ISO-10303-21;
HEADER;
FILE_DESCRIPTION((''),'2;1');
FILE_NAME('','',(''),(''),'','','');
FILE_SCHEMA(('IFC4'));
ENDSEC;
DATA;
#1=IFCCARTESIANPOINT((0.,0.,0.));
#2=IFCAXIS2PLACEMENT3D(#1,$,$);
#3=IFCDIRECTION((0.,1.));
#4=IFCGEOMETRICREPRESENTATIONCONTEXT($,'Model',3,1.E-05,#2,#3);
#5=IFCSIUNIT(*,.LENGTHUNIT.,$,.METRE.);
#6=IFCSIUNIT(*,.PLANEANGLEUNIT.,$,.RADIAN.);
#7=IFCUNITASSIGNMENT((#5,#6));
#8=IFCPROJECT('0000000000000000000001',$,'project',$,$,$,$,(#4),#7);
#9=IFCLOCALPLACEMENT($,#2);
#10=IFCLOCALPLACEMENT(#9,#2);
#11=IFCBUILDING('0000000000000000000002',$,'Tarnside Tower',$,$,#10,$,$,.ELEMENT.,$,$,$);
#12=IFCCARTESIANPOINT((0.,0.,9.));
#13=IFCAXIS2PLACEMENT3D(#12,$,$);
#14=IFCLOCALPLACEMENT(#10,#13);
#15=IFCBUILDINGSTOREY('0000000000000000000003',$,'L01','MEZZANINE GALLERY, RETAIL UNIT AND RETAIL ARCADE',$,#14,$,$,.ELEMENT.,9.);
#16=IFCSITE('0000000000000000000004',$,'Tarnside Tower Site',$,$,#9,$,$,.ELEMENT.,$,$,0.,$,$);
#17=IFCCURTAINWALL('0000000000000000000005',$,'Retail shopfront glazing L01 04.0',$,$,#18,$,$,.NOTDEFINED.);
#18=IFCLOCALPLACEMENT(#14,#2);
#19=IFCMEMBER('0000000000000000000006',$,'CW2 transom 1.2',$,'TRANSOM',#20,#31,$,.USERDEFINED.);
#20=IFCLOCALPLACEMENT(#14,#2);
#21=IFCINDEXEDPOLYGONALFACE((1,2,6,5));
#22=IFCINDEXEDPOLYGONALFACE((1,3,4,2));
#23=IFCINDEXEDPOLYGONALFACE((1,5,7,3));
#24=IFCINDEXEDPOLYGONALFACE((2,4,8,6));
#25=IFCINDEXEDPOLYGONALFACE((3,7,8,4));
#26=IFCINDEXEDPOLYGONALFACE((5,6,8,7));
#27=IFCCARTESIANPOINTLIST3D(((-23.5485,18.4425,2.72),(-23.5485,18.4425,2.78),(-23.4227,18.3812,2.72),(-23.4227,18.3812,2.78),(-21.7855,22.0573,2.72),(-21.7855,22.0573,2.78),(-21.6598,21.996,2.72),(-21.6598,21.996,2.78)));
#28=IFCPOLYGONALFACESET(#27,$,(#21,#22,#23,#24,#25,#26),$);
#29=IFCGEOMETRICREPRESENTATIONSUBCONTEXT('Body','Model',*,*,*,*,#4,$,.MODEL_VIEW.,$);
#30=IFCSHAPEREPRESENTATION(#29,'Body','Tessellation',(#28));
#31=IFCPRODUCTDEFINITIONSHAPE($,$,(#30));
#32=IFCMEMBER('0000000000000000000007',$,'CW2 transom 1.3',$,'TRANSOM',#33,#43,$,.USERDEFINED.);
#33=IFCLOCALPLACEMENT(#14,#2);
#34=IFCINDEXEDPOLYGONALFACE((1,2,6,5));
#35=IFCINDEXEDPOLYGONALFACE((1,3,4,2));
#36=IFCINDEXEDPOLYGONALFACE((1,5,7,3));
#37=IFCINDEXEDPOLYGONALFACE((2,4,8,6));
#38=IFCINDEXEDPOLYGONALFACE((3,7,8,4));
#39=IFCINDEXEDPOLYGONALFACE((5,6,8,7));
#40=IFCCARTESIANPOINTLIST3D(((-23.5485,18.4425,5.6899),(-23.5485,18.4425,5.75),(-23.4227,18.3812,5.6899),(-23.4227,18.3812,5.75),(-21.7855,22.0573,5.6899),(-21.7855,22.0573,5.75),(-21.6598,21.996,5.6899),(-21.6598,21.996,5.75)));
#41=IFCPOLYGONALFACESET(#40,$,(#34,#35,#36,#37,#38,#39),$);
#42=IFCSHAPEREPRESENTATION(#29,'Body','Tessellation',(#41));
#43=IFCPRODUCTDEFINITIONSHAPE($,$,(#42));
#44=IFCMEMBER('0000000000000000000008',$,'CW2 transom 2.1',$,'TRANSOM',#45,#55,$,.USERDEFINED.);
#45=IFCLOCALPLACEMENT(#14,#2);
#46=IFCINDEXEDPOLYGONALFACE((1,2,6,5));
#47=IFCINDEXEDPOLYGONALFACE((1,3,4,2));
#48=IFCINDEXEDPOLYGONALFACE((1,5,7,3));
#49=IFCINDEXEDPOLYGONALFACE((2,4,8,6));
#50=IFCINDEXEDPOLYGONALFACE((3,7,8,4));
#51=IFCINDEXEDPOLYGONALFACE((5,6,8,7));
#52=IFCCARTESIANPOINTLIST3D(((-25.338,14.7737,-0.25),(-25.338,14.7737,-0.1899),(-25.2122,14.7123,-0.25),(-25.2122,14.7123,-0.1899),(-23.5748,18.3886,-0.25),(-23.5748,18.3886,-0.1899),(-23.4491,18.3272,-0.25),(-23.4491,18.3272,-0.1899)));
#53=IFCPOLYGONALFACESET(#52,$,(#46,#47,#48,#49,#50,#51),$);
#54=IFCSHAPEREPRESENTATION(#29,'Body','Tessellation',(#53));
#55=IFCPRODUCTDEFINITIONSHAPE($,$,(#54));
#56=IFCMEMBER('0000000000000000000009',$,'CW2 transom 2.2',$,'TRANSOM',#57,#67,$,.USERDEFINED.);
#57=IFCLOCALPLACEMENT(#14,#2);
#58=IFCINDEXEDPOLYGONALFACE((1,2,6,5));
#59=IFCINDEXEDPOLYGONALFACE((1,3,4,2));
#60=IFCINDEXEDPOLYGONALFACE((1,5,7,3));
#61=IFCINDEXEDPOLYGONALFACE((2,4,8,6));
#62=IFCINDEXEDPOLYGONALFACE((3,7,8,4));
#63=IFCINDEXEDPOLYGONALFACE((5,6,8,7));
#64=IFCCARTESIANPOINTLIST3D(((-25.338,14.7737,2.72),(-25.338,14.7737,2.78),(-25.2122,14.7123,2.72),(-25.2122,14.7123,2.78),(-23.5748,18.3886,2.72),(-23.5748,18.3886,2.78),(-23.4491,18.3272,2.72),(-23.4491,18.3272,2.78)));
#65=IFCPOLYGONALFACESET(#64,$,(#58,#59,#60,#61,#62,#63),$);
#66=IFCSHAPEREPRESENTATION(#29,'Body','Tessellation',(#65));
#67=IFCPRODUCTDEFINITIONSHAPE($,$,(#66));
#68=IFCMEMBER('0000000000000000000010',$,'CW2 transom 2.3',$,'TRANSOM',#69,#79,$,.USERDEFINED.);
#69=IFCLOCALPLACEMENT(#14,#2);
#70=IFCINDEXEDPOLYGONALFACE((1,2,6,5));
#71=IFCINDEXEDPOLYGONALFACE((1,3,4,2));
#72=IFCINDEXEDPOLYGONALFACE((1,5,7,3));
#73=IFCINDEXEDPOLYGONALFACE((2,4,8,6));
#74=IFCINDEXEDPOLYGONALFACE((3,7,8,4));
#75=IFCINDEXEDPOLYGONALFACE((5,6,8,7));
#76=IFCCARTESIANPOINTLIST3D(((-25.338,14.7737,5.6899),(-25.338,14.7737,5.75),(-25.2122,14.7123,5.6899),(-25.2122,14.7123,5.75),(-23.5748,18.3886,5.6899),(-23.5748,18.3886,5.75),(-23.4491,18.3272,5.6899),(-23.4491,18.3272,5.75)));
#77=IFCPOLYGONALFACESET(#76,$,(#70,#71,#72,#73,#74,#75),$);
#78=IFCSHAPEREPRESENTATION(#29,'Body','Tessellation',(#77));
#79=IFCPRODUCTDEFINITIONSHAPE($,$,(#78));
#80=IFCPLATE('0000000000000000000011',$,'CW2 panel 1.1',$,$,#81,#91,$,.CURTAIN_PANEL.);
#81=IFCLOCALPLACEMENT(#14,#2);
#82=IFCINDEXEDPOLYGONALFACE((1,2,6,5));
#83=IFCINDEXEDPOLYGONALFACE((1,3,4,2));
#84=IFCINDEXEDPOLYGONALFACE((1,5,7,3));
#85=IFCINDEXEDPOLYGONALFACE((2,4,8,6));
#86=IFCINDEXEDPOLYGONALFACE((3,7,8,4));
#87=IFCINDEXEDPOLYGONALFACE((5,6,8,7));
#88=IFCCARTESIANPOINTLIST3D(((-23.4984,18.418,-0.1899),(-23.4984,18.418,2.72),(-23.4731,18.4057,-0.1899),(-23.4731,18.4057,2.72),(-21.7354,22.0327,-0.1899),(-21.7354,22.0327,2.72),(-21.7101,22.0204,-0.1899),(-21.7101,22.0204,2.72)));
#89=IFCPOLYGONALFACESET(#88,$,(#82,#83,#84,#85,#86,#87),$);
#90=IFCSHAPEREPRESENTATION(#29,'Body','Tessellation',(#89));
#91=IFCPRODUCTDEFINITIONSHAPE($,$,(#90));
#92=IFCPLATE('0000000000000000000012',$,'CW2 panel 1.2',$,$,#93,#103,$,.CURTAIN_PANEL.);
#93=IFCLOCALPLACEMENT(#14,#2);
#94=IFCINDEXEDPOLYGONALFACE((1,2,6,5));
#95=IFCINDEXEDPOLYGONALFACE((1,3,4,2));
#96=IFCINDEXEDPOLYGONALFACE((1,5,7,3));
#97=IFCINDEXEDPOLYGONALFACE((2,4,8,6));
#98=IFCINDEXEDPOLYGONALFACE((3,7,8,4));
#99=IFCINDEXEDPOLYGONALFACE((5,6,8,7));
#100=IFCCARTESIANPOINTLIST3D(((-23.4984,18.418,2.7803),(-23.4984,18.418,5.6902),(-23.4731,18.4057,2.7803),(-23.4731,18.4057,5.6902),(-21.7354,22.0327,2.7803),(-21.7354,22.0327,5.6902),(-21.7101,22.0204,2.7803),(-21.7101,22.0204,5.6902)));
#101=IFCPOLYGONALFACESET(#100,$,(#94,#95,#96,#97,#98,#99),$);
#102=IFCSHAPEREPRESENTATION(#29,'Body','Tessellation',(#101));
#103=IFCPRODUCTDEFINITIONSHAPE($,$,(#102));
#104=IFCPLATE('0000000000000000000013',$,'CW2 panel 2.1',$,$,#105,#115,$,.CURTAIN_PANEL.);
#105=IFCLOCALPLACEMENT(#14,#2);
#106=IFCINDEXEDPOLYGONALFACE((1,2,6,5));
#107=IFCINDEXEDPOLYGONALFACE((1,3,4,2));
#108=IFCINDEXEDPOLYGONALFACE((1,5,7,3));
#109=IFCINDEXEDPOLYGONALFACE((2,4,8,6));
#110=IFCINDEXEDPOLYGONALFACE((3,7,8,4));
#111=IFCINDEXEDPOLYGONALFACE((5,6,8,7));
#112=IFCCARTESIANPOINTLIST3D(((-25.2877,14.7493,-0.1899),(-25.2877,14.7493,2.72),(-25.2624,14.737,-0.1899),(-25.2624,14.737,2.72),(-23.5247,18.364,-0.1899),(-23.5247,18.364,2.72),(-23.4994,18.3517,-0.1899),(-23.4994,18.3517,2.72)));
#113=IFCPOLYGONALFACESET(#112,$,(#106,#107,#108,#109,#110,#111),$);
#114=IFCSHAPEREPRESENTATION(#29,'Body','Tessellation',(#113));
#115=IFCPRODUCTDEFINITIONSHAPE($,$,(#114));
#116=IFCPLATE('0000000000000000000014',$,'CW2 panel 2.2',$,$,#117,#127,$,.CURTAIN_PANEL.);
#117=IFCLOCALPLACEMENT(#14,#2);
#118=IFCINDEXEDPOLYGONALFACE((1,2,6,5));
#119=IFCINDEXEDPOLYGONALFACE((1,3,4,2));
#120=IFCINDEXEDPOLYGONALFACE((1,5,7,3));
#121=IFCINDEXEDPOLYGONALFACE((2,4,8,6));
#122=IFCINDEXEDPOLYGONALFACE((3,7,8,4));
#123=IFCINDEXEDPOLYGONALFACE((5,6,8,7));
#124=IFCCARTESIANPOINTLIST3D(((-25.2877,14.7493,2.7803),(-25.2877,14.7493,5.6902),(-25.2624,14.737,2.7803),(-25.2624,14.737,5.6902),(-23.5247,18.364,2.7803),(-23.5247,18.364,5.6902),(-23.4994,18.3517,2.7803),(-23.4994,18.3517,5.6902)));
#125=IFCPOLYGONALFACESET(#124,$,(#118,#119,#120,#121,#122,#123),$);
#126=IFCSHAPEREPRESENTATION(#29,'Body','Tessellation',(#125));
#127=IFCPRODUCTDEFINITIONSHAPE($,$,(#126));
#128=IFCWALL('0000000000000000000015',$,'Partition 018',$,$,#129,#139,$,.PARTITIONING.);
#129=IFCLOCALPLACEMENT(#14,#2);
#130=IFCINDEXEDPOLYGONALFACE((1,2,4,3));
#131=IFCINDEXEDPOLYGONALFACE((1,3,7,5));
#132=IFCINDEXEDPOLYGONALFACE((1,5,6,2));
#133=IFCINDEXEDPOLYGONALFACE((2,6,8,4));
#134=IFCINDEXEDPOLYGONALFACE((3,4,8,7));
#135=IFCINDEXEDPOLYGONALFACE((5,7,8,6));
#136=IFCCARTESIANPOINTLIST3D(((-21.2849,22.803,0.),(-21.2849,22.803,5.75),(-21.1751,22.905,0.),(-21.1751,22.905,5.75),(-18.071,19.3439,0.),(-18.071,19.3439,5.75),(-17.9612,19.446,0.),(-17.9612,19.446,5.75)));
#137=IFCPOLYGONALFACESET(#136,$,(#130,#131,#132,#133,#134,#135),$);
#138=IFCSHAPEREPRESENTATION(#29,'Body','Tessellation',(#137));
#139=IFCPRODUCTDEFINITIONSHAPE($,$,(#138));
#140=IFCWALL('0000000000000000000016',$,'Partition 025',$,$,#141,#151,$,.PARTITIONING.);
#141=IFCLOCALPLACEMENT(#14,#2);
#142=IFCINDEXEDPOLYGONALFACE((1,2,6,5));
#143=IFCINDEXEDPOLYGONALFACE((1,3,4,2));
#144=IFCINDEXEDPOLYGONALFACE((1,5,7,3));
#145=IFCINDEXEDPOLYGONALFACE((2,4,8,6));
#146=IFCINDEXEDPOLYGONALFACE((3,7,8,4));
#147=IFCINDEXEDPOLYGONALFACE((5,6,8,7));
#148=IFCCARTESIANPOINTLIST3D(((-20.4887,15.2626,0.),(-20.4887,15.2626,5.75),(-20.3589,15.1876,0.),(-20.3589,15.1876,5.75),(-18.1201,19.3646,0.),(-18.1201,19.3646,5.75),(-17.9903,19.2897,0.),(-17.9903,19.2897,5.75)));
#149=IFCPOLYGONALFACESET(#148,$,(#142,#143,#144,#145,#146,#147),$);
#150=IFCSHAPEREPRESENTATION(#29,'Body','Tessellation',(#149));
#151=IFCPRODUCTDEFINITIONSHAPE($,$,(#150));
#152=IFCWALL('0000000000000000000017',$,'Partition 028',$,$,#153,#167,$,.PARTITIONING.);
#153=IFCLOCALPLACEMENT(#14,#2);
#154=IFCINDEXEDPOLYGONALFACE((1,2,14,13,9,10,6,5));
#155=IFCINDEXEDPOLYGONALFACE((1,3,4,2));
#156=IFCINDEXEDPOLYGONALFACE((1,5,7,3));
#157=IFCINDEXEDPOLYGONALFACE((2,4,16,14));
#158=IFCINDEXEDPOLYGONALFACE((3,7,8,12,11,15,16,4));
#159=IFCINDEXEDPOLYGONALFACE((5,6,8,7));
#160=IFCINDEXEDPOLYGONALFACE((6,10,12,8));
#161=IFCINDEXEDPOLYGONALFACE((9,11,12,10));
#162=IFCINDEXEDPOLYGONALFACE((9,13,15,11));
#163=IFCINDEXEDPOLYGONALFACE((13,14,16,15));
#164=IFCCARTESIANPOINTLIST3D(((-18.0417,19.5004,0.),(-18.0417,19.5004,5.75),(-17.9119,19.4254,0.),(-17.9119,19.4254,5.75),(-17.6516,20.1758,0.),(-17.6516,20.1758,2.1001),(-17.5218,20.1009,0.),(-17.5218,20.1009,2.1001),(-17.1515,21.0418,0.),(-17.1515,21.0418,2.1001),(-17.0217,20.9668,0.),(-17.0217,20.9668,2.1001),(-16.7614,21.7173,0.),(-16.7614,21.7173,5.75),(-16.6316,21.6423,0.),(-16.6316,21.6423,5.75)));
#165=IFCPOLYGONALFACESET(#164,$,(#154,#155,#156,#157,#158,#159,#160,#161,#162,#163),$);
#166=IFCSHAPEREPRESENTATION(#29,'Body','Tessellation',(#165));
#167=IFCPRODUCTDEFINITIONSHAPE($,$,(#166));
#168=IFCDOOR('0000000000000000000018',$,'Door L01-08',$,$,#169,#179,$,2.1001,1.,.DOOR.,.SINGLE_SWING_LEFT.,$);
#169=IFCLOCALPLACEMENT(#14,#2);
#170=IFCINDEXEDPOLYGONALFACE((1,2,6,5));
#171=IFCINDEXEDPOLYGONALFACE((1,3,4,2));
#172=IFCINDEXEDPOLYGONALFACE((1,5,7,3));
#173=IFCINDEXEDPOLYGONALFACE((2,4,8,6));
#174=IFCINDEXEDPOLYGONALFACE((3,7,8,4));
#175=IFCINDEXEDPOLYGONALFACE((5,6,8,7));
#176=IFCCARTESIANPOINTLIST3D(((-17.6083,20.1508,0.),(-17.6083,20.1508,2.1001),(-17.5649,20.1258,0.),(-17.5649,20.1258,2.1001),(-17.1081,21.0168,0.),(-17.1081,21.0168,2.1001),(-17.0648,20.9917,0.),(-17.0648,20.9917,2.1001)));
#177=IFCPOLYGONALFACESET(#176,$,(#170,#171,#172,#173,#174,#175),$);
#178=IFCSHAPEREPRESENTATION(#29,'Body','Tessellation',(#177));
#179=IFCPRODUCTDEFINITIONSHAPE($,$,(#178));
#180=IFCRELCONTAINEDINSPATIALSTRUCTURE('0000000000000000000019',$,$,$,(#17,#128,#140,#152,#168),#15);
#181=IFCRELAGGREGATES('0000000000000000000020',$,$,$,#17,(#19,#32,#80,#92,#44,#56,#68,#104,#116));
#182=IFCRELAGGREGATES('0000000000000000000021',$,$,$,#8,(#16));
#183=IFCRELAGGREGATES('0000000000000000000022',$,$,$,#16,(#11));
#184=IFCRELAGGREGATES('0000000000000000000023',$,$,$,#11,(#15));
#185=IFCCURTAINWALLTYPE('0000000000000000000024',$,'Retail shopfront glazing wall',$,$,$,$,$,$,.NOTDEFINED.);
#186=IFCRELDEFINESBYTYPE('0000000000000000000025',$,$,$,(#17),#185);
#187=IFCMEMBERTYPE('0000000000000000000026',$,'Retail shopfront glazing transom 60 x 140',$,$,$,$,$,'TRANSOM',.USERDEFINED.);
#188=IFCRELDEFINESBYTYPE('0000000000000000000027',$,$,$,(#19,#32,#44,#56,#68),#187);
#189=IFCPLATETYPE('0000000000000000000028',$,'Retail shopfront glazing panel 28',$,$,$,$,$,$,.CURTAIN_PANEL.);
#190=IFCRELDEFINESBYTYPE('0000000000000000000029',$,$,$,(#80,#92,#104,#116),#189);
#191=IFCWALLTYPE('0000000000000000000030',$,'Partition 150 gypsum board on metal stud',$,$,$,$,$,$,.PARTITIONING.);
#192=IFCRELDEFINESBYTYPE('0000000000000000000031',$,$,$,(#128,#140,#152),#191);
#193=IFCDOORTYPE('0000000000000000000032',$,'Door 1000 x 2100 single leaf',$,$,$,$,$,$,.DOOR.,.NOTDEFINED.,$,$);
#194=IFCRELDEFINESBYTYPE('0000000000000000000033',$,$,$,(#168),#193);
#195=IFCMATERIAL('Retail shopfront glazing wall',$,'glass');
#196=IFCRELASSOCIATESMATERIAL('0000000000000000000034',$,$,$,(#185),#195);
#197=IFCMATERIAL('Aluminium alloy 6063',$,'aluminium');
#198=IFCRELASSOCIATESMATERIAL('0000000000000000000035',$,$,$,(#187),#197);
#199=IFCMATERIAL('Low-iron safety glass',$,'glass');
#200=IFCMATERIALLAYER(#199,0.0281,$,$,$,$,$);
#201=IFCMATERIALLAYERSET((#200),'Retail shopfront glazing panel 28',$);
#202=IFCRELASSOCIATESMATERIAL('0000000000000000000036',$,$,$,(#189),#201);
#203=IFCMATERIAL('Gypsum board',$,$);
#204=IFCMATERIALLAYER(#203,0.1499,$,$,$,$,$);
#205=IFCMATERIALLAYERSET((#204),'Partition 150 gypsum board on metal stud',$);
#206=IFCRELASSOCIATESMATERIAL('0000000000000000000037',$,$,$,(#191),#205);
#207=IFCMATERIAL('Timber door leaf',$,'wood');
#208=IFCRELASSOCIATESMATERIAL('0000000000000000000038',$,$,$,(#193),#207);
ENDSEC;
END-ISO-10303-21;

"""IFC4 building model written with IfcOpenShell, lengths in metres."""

from ifc_helpers import new_model, si_unit, direction, frame, frame_2d, origin, origin_2d, place, context, subcontext, project, spatial, rectangle, extrude, material, layer, layer_set, material_profile, profile_set, type_object, element, fill, aggregate, save


model = new_model("IFC4")

# Units and contexts
model_context = context("Model", 3, precision=1e-05, world=origin(), true_north=direction((0.0, 1.0)))
body_context = subcontext(model_context, "Body", "Model", "MODEL_VIEW")
ifc_project = project(units=[si_unit("LENGTHUNIT", "METRE"), si_unit("PLANEANGLEUNIT", "RADIAN")], contexts=[model_context])

# Site, building, storey
site_placement = place(None, origin())
site = spatial("IfcSite", under=ifc_project, at=site_placement, Name="Tarnside Tower Site", CompositionType="ELEMENT", RefElevation=0.0)
building_placement = place(site_placement, origin())
building = spatial("IfcBuilding", under=site, at=building_placement, Name="Tarnside Tower", CompositionType="ELEMENT")
storey_placement = place(building_placement, frame((0.0, 0.0, 9.0)))
storey = spatial("IfcBuildingStorey", under=building, at=storey_placement, Name="L01", Description="MEZZANINE GALLERY, RETAIL UNIT AND RETAIL ARCADE", CompositionType="ELEMENT", Elevation=9.0)

# Curtain wall, members, plates
ifc_material_1 = material(Name="Retail shopfront glazing wall", Category="glass")
curtain_wall_type = type_object("IfcCurtainWallType", Name="Retail shopfront glazing wall", PredefinedType="NOTDEFINED", material=ifc_material_1)
curtain_wall_placement = place(storey_placement, origin())
curtain_wall = element("IfcCurtainWall", 1, at=curtain_wall_placement, inside=storey, type_object=curtain_wall_type, Name="Retail shopfront glazing L01 04.0", PredefinedType="NOTDEFINED")
ifc_material_2 = material(Name="Aluminium alloy 6063", Category="aluminium")
ifc_material_profile_1 = material_profile(ifc_material_2, rectangle(XDim=0.1399, YDim=0.0601, at=origin_2d()), Name="Retail shopfront glazing transom 60 x 140")
ifc_profile_set_1 = profile_set([ifc_material_profile_1], Name="Aluminium alloy 6063")
member_type_1 = type_object("IfcMemberType", Name="Retail shopfront glazing transom 60 x 140", ElementType="TRANSOM", PredefinedType="USERDEFINED", material=ifc_profile_set_1)
member_1_placement = place(storey_placement, frame((-21.7227, 22.0266, 2.75), z_axis=(-0.438353, -0.898803, 0.0), x_axis=(0.898803, -0.438353, 0.0)))
member_1 = element("IfcMember", 2, at=member_1_placement, type_object=member_type_1, Name="CW2 transom 1.2", ObjectType="TRANSOM", PredefinedType="USERDEFINED", context=body_context, shape_type="SweptSolid", body=[
    extrude(rectangle(XDim=0.1399, YDim=0.0601, at=origin_2d()), origin(), (0.0, 0.0, 1.0), 4.0217),
])
member_2_placement = place(storey_placement, frame((-21.7227, 22.0266, 5.72), z_axis=(-0.438353, -0.898803, 0.0), x_axis=(0.898803, -0.438353, 0.0)))
member_2 = element("IfcMember", 3, at=member_2_placement, type_object=member_type_1, Name="CW2 transom 1.3", ObjectType="TRANSOM", PredefinedType="USERDEFINED", context=body_context, shape_type="SweptSolid", body=[
    extrude(rectangle(XDim=0.1399, YDim=0.0601, at=origin_2d()), origin(), (0.0, 0.0, 1.0), 4.0217),
])
member_3_placement = place(storey_placement, frame((-23.512, 18.3579, -0.22), z_axis=(-0.438378, -0.898791, 0.0), x_axis=(0.898791, -0.438378, 0.0)))
member_3 = element("IfcMember", 4, at=member_3_placement, type_object=member_type_1, Name="CW2 transom 2.1", ObjectType="TRANSOM", PredefinedType="USERDEFINED", context=body_context, shape_type="SweptSolid", body=[
    extrude(rectangle(XDim=0.1399, YDim=0.0601, at=origin_2d()), origin(), (0.0, 0.0, 1.0), 4.022),
])
member_4_placement = place(storey_placement, frame((-23.512, 18.3579, 2.75), z_axis=(-0.438378, -0.898791, 0.0), x_axis=(0.898791, -0.438378, 0.0)))
member_4 = element("IfcMember", 5, at=member_4_placement, type_object=member_type_1, Name="CW2 transom 2.2", ObjectType="TRANSOM", PredefinedType="USERDEFINED", context=body_context, shape_type="SweptSolid", body=[
    extrude(rectangle(XDim=0.1399, YDim=0.0601, at=origin_2d()), origin(), (0.0, 0.0, 1.0), 4.022),
])
member_5_placement = place(storey_placement, frame((-23.512, 18.3579, 5.72), z_axis=(-0.438378, -0.898791, 0.0), x_axis=(0.898791, -0.438378, 0.0)))
member_5 = element("IfcMember", 6, at=member_5_placement, type_object=member_type_1, Name="CW2 transom 2.3", ObjectType="TRANSOM", PredefinedType="USERDEFINED", context=body_context, shape_type="SweptSolid", body=[
    extrude(rectangle(XDim=0.1399, YDim=0.0601, at=origin_2d()), origin(), (0.0, 0.0, 1.0), 4.022),
])
ifc_material_3 = material(Name="Low-iron safety glass", Category="glass")
ifc_layer_1 = layer(ifc_material_3, 0.0281)
ifc_layer_set_1 = layer_set([ifc_layer_1], Name="Retail shopfront glazing panel 28")
plate_type = type_object("IfcPlateType", Name="Retail shopfront glazing panel 28", PredefinedType="CURTAIN_PANEL", material=ifc_layer_set_1)
plate_1_placement = place(storey_placement, frame((-22.6042, 20.2192, -0.1899), z_axis=(0.0, 0.0, 1.0), x_axis=(-0.438371, -0.898794, 0.0)))
plate_1 = element("IfcPlate", 7, at=plate_1_placement, type_object=plate_type, Name="CW2 panel 1.1", PredefinedType="CURTAIN_PANEL", context=body_context, shape_type="SweptSolid", body=[
    extrude(rectangle(XDim=4.0217, YDim=0.0281, at=origin_2d()), origin(), (0.0, 0.0, 1.0), 2.9099),
])
plate_2_placement = place(storey_placement, frame((-22.6042, 20.2192, 2.7803), z_axis=(0.0, 0.0, 1.0), x_axis=(-0.438371, -0.898794, 0.0)))
plate_2 = element("IfcPlate", 8, at=plate_2_placement, type_object=plate_type, Name="CW2 panel 1.2", PredefinedType="CURTAIN_PANEL", context=body_context, shape_type="SweptSolid", body=[
    extrude(rectangle(XDim=4.0217, YDim=0.0281, at=origin_2d()), origin(), (0.0, 0.0, 1.0), 2.9099),
])
plate_3_placement = place(storey_placement, frame((-24.3936, 16.5505, -0.1899), z_axis=(0.0, 0.0, 1.0), x_axis=(-0.438371, -0.898794, 0.0)))
plate_3 = element("IfcPlate", 9, at=plate_3_placement, type_object=plate_type, Name="CW2 panel 2.1", PredefinedType="CURTAIN_PANEL", context=body_context, shape_type="SweptSolid", body=[
    extrude(rectangle(XDim=4.0217, YDim=0.0281, at=origin_2d()), origin(), (0.0, 0.0, 1.0), 2.9099),
])
plate_4_placement = place(storey_placement, frame((-24.3936, 16.5505, 2.7803), z_axis=(0.0, 0.0, 1.0), x_axis=(-0.438371, -0.898794, 0.0)))
plate_4 = element("IfcPlate", 10, at=plate_4_placement, type_object=plate_type, Name="CW2 panel 2.2", PredefinedType="CURTAIN_PANEL", context=body_context, shape_type="SweptSolid", body=[
    extrude(rectangle(XDim=4.0217, YDim=0.0281, at=origin_2d()), origin(), (0.0, 0.0, 1.0), 2.9099),
])
aggregate(curtain_wall, [member_1, member_2, plate_1, plate_2, member_3, member_4, member_5, plate_3, plate_4])

# Walls
ifc_material_4 = material(Name="Gypsum board")
ifc_layer_2 = layer(ifc_material_4, 0.1499)
ifc_layer_set_2 = layer_set([ifc_layer_2], Name="Partition 150 gypsum board on metal stud")
wall_type = type_object("IfcWallType", Name="Partition 150 gypsum board on metal stud", PredefinedType="PARTITIONING", material=ifc_layer_set_2)
wall_1_placement = place(storey_placement, frame((-21.23, 22.854, 0.0), z_axis=(0.0, 0.0, 1.0), x_axis=(0.680673, -0.732587, 0.0)))
element("IfcWall", 11, at=wall_1_placement, inside=storey, type_object=wall_type, Name="Partition 018", PredefinedType="PARTITIONING", context=body_context, shape_type="SweptSolid", body=[
    extrude(rectangle(XDim=4.7217, YDim=0.1499, at=frame_2d((2.3608, 0.0))), origin(), (0.0, 0.0, 1.0), 5.75),
])
wall_2_placement = place(storey_placement, frame((-18.0552, 19.3271, 0.0), z_axis=(0.0, 0.0, 1.0), x_axis=(-0.500053, -0.865995, 0.0)))
element("IfcWall", 12, at=wall_2_placement, inside=storey, type_object=wall_type, Name="Partition 025", PredefinedType="PARTITIONING", context=body_context, shape_type="SweptSolid", body=[
    extrude(rectangle(XDim=4.7368, YDim=0.1499, at=frame_2d((2.3684, 0.0))), origin(), (0.0, 0.0, 1.0), 5.75),
])

# Wall, opening, door
wall_3_placement = place(storey_placement, frame((-17.9768, 19.4629, 0.0), z_axis=(0.0, 0.0, 1.0), x_axis=(0.500119, 0.865957, 0.0)))
wall_3 = element("IfcWall", 13, at=wall_3_placement, inside=storey, type_object=wall_type, Name="Partition 028", PredefinedType="PARTITIONING", context=body_context, shape_type="SweptSolid", body=[
    extrude(rectangle(XDim=2.5601, YDim=0.1499, at=frame_2d((1.28, 0.0))), origin(), (0.0, 0.0, 1.0), 5.75),
])
opening_placement = place(wall_3_placement, frame((0.78, 0.0, 0.0)))
opening = element("IfcOpeningElement", 14, at=opening_placement, cuts=wall_3, PredefinedType="OPENING", context=body_context, shape_type="SweptSolid", body=[
    extrude(rectangle(XDim=1.0, YDim=2.1001, at=frame_2d((0.5, 1.05))), frame((0.0, 0.085, 0.0), z_axis=(0.0, -1.0, 0.0), x_axis=(1.0, 0.0, 0.0)), (0.0, 0.0, 1.0), 0.1699),
])
ifc_material_5 = material(Name="Timber door leaf", Category="wood")
door_type = type_object("IfcDoorType", Name="Door 1000 x 2100 single leaf", OperationType="NOTDEFINED", PredefinedType="DOOR", material=ifc_material_5)
door_placement = place(opening_placement, origin())
door = element("IfcDoor", 15, at=door_placement, inside=storey, type_object=door_type, Name="Door L01-08", OperationType="SINGLE_SWING_LEFT", OverallHeight=2.1001, OverallWidth=1.0, PredefinedType="DOOR", context=body_context, shape_type="SweptSolid", body=[
    extrude(rectangle(XDim=1.0, YDim=2.1001, at=frame_2d((0.5, 1.05))), frame((0.0, 0.0249, 0.0), z_axis=(0.0, -1.0, 0.0), x_axis=(1.0, 0.0, 0.0)), (0.0, 0.0, 1.0), 0.05),
])
fill(opening, door)

save(model, "model.ifc")
